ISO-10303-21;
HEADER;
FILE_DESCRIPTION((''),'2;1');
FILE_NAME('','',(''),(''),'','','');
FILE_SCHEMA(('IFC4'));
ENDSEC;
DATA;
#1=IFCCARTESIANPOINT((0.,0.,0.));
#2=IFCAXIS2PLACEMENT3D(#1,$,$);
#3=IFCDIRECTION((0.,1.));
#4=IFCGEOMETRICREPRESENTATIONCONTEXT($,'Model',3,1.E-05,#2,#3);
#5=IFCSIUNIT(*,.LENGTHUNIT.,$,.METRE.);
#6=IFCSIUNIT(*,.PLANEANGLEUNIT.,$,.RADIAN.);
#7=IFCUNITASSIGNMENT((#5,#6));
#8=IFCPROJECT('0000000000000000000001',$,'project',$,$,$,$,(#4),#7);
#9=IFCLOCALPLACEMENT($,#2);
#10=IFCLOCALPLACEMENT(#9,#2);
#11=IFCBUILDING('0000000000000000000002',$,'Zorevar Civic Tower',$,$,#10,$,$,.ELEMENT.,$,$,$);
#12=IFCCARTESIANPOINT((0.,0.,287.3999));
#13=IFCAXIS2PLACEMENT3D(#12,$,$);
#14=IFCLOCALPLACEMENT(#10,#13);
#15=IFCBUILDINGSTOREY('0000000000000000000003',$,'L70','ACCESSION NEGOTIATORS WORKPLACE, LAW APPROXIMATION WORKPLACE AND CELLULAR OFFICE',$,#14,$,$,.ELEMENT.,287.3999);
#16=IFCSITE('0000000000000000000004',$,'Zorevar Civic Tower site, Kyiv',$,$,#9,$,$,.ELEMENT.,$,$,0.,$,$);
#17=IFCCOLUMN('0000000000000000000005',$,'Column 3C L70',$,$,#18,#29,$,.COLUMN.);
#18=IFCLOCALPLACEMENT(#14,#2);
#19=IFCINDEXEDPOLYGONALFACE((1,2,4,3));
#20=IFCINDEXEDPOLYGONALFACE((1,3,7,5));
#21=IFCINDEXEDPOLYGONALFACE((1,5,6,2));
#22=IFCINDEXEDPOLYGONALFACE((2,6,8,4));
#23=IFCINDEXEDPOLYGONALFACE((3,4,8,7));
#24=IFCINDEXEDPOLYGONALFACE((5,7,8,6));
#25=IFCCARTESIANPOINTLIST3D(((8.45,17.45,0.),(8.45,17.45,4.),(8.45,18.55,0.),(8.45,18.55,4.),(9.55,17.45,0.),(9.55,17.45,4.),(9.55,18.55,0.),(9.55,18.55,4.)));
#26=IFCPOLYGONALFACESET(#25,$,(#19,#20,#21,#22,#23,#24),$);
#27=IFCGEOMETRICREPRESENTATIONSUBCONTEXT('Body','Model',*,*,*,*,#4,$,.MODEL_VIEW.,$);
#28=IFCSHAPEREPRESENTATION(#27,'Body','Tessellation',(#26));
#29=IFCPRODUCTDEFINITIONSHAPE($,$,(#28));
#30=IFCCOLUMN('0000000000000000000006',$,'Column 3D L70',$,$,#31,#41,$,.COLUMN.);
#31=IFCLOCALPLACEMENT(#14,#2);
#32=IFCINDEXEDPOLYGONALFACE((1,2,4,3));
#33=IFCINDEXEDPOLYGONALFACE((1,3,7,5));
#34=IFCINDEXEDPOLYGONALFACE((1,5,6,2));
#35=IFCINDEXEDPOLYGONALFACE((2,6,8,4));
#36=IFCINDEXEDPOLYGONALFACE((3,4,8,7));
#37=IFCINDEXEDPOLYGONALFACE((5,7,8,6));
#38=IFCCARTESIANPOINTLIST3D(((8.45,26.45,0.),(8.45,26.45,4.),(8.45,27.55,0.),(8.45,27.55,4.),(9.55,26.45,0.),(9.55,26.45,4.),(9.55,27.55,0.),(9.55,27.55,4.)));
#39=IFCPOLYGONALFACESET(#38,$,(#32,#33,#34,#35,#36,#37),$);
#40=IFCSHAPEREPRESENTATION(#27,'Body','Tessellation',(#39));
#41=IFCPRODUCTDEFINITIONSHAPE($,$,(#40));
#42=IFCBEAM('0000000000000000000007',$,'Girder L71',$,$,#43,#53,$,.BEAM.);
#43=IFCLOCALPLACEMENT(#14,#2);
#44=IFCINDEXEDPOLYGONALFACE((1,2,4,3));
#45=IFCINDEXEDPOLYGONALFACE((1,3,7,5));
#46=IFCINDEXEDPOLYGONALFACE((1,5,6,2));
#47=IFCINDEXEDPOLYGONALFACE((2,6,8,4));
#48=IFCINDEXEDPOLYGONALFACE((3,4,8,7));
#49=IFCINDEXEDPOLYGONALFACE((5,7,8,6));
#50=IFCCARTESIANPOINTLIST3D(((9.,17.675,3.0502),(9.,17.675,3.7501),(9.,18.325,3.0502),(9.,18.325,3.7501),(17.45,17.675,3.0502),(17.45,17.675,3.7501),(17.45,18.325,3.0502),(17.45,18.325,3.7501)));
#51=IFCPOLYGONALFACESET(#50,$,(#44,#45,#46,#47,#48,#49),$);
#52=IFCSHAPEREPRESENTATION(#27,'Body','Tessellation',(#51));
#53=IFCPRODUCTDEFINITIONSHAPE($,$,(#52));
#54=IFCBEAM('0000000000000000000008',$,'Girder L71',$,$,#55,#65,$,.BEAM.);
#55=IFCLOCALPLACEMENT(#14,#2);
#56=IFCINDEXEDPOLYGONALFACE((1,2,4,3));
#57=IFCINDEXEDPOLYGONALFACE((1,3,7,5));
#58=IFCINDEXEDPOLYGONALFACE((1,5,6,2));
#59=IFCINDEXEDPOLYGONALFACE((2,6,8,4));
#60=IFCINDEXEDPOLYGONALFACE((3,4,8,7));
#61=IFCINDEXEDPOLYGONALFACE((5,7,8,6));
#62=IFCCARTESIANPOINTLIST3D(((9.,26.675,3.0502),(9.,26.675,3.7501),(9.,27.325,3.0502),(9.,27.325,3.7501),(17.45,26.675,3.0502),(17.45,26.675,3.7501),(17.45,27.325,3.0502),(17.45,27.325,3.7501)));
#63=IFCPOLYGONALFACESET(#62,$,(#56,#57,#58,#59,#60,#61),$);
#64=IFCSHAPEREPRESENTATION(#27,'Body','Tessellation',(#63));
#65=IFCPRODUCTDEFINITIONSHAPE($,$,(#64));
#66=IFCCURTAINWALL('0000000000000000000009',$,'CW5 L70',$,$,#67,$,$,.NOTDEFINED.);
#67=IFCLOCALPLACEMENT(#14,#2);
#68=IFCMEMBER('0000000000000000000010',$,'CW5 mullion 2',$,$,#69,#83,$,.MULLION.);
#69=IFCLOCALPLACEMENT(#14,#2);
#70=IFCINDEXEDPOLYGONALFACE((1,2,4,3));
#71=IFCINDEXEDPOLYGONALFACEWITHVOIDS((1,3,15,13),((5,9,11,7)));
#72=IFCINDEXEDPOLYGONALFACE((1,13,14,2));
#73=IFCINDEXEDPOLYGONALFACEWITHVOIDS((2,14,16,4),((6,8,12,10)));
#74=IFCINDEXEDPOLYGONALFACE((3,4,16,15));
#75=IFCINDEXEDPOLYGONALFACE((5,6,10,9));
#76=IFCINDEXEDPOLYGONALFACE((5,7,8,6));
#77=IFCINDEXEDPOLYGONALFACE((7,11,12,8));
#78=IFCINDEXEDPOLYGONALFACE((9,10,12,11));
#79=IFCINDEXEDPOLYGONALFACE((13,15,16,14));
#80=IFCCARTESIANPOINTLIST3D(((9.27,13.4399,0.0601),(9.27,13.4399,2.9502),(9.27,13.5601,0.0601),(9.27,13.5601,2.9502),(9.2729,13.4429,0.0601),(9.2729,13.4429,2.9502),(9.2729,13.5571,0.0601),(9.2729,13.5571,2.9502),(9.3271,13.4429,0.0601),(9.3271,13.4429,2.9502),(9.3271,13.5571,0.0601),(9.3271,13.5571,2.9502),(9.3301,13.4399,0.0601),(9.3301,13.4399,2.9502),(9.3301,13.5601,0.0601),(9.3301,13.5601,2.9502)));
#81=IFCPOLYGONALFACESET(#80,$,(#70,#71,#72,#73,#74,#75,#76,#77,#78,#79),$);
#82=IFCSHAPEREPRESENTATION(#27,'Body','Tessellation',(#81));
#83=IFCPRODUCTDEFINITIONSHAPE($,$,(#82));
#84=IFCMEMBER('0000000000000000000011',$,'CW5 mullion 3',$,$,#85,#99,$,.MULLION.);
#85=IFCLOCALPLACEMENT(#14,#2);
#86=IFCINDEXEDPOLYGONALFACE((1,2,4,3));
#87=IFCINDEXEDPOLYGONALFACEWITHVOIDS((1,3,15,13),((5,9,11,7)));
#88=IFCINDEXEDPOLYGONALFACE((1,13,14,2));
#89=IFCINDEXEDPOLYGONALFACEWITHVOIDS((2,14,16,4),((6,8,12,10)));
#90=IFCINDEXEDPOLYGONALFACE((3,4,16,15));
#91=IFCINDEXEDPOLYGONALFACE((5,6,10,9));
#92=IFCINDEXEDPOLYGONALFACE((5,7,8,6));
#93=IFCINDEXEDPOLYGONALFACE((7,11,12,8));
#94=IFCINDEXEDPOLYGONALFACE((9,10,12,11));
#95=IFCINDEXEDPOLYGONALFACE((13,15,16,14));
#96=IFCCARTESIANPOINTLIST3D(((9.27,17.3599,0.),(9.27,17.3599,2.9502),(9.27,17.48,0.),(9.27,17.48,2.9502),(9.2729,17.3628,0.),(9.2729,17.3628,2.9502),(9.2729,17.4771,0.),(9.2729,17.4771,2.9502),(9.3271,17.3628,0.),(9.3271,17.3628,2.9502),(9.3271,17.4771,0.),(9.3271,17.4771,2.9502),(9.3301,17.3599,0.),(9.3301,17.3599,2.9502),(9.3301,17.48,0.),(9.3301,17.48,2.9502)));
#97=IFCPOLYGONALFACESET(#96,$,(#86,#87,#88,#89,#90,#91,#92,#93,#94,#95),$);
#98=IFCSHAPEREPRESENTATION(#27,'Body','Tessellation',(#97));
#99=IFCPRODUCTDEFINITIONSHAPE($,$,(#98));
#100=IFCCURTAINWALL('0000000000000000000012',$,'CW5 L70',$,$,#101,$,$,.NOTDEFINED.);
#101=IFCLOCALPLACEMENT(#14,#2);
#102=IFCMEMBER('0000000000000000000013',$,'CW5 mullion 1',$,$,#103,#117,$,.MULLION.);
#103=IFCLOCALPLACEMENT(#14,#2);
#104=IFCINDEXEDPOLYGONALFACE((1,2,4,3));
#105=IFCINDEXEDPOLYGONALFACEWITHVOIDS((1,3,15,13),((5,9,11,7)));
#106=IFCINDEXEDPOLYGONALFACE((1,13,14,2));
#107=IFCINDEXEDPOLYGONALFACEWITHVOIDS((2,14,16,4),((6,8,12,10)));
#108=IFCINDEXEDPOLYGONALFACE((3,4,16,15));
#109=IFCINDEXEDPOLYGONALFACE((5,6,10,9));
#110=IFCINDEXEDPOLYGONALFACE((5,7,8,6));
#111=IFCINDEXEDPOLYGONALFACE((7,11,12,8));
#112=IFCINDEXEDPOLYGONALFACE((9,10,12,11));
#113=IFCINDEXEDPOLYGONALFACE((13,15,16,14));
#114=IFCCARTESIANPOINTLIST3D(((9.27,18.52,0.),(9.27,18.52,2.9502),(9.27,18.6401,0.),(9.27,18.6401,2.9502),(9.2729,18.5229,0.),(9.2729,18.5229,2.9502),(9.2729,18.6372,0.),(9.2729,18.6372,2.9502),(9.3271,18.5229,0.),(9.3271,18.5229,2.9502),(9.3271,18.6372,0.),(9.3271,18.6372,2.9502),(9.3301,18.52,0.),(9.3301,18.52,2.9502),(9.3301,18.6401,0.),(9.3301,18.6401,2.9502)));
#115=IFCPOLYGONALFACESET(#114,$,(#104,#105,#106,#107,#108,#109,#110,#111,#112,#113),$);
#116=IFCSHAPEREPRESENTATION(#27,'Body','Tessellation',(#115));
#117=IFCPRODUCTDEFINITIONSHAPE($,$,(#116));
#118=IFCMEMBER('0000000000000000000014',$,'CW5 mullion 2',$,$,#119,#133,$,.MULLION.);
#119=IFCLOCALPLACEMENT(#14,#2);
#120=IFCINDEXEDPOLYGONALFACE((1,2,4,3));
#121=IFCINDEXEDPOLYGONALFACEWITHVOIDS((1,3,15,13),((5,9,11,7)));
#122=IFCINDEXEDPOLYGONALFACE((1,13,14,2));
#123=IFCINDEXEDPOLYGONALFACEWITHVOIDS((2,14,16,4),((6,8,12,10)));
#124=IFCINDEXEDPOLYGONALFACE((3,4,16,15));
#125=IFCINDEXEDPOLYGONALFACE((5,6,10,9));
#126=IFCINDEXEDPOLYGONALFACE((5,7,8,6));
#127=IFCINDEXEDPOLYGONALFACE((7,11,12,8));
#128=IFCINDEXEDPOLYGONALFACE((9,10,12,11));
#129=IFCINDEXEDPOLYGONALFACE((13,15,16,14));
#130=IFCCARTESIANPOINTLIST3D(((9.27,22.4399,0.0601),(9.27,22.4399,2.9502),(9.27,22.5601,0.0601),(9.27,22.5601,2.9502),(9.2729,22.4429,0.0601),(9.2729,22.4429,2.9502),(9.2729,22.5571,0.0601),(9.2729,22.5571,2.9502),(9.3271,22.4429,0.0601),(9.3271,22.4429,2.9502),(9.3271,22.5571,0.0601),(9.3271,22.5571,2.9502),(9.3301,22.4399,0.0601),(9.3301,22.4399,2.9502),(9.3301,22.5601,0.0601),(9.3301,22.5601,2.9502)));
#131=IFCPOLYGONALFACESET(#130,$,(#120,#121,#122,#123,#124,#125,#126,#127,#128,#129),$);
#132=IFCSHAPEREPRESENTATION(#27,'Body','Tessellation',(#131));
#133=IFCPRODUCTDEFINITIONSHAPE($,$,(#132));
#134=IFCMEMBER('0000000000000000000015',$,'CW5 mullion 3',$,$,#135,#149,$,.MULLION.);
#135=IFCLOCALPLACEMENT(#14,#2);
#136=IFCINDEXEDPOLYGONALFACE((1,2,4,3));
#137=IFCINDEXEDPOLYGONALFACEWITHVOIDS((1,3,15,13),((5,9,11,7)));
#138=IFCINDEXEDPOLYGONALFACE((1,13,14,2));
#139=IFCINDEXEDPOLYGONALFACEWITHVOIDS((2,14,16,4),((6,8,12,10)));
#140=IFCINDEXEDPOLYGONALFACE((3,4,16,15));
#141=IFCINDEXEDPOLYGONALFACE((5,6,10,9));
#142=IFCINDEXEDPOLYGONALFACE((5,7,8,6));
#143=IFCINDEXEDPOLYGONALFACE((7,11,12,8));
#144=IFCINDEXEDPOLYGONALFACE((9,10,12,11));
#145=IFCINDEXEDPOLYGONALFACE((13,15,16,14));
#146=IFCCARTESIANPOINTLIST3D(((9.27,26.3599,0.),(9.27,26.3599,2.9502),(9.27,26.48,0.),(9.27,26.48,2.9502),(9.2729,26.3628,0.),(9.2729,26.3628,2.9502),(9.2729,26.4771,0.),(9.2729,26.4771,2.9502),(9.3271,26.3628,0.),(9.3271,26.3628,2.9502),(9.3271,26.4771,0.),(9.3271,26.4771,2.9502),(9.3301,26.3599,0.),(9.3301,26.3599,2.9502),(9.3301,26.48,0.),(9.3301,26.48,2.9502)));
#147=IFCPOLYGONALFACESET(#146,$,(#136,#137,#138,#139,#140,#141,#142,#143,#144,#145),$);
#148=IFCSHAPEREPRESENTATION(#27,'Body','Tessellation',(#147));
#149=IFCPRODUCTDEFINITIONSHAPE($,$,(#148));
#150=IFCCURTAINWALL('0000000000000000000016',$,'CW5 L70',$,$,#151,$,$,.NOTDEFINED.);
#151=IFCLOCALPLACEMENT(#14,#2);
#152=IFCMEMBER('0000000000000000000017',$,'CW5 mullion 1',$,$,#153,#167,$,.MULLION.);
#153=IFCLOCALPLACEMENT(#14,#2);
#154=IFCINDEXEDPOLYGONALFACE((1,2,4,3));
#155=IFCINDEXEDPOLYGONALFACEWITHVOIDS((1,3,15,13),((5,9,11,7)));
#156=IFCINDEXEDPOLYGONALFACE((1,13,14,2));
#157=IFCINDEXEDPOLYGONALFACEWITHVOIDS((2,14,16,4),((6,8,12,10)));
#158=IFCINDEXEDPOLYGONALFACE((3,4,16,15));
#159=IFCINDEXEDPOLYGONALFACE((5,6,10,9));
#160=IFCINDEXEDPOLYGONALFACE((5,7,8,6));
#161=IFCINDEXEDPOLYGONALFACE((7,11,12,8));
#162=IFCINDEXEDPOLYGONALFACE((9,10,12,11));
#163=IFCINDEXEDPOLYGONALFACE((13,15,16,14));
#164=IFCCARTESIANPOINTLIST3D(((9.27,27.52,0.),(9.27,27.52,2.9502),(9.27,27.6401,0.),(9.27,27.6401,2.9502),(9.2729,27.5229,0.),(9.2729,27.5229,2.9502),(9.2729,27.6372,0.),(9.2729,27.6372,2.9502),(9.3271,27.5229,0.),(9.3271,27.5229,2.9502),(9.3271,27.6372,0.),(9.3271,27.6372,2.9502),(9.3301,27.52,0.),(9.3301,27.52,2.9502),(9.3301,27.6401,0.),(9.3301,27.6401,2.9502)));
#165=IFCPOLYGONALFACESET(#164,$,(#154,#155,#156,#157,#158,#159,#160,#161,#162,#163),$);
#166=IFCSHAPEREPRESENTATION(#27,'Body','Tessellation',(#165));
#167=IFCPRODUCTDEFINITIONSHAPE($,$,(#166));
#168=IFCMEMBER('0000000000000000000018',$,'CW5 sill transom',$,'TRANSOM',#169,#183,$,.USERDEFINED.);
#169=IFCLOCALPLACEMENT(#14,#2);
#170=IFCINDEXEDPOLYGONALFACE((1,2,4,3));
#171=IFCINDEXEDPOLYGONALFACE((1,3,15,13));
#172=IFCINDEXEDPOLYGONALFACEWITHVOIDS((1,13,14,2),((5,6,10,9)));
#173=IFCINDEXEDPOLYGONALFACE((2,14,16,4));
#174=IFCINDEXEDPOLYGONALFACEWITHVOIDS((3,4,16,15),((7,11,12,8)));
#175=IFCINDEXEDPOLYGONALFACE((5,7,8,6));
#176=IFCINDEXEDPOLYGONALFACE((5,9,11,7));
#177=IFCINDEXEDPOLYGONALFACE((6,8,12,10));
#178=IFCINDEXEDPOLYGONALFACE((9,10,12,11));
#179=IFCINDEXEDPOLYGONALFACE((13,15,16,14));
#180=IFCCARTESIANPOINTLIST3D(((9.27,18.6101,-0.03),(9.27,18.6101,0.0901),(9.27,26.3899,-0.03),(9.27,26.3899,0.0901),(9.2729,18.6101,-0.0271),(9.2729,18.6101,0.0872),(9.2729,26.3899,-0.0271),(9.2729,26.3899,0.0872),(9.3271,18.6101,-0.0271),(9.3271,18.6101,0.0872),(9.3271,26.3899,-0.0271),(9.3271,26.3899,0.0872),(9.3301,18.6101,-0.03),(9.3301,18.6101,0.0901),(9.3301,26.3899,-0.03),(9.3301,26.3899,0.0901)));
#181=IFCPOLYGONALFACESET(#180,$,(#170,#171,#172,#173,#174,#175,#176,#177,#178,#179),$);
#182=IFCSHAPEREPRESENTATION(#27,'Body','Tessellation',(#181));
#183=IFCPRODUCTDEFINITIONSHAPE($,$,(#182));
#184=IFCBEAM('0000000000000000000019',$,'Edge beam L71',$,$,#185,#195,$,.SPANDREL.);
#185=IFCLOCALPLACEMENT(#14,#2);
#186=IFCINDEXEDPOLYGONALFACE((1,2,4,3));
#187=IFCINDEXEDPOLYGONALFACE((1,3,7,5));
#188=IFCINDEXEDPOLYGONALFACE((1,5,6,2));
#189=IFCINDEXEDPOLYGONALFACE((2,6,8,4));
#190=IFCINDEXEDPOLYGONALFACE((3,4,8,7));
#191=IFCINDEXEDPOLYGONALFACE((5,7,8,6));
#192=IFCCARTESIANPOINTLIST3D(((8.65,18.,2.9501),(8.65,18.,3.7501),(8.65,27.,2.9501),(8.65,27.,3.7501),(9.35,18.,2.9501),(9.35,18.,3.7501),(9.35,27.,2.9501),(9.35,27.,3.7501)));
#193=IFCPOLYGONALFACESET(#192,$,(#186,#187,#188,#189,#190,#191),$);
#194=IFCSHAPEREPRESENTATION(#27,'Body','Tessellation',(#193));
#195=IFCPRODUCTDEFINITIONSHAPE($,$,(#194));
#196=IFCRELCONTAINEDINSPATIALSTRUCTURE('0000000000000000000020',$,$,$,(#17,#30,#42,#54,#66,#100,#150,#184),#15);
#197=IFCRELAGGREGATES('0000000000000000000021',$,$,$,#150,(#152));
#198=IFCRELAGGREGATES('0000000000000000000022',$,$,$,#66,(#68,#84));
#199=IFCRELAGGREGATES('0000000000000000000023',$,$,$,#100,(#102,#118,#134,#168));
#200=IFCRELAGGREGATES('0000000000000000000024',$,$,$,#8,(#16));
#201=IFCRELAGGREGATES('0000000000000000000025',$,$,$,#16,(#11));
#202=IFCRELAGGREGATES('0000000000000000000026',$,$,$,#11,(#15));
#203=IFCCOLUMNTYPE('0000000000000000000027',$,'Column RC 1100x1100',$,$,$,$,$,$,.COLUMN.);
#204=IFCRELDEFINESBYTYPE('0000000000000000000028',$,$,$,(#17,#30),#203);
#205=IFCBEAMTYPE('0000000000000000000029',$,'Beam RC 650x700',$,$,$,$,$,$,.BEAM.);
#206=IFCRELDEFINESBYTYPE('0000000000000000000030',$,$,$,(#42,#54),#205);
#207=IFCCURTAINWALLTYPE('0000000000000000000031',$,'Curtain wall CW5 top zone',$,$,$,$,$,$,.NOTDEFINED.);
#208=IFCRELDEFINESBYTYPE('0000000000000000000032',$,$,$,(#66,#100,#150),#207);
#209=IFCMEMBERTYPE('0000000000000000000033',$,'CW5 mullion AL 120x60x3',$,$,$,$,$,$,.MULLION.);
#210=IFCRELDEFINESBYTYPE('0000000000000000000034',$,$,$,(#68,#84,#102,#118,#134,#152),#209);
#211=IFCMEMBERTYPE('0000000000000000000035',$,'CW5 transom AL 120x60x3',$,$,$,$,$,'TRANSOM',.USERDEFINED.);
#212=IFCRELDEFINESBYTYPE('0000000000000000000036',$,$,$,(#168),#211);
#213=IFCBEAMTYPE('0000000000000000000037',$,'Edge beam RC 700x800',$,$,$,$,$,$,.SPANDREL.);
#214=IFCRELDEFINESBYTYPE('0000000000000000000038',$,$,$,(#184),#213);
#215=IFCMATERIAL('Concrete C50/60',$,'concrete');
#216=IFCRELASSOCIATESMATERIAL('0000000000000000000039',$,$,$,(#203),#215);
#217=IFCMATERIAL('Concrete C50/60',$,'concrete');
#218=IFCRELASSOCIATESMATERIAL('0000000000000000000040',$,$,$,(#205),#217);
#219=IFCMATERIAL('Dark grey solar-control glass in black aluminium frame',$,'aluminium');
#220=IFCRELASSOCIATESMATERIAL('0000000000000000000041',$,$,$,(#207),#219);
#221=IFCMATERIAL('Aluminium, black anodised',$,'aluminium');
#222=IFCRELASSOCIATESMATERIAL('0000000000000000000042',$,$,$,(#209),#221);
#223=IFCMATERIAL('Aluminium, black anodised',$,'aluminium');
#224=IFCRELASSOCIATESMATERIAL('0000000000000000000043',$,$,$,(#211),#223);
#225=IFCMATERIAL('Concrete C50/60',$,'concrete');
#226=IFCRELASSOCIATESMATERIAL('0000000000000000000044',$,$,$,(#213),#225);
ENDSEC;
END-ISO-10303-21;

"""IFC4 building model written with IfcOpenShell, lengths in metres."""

from ifc_helpers import new_model, si_unit, direction, frame, origin, origin_2d, place, context, subcontext, project, spatial, rectangle, hollow_rectangle, extrude, material, material_profile, profile_set, type_object, element, aggregate, save


model = new_model("IFC4")

# Units and contexts
model_context = context("Model", 3, precision=1e-05, world=origin(), true_north=direction((0.0, 1.0)))
body_context = subcontext(model_context, "Body", "Model", "MODEL_VIEW")
ifc_project = project(units=[si_unit("LENGTHUNIT", "METRE"), si_unit("PLANEANGLEUNIT", "RADIAN")], contexts=[model_context])

# Site, building, storey
site_placement = place(None, origin())
site = spatial("IfcSite", under=ifc_project, at=site_placement, Name="Zorevar Civic Tower site, Kyiv", CompositionType="ELEMENT", RefElevation=0.0)
building_placement = place(site_placement, origin())
building = spatial("IfcBuilding", under=site, at=building_placement, Name="Zorevar Civic Tower", CompositionType="ELEMENT")
storey_placement = place(building_placement, frame((0.0, 0.0, 287.3999)))
storey = spatial("IfcBuildingStorey", under=building, at=storey_placement, Name="L70", Description="ACCESSION NEGOTIATORS WORKPLACE, LAW APPROXIMATION WORKPLACE AND CELLULAR OFFICE", CompositionType="ELEMENT", Elevation=287.3999)

# Columns
ifc_material_1 = material(Name="Concrete C50/60", Category="concrete")
ifc_material_profile_1 = material_profile(ifc_material_1, rectangle(XDim=1.1001, YDim=1.1001, at=origin_2d()), Name="RC 1100x1100")
ifc_profile_set_1 = profile_set([ifc_material_profile_1], Name="Concrete C50/60")
column_type = type_object("IfcColumnType", Name="Column RC 1100x1100", PredefinedType="COLUMN", material=ifc_profile_set_1)
for number, where, z_axis, x_axis, name in (
    (1, (9.0, 18.0, 0.0), (0.0, 0.0, 1.0), (1.0, 0.0, 0.0), "Column 3C L70"),
    (2, (9.0, 27.0, 0.0), (0.0, 0.0, 1.0), (1.0, 0.0, 0.0), "Column 3D L70"),
):
    element("IfcColumn", number, at=place(storey_placement, frame(where, z_axis=z_axis, x_axis=x_axis)), inside=storey, type_object=column_type, Name=name, PredefinedType="COLUMN", context=body_context, shape_type="SweptSolid", body=[
        extrude(rectangle(XDim=1.1001, YDim=1.1001, at=origin_2d()), origin(), (0.0, 0.0, 1.0), 4.0),
    ])

# Beams
ifc_material_2 = material(Name="Concrete C50/60", Category="concrete")
ifc_material_profile_2 = material_profile(ifc_material_2, rectangle(XDim=0.6499, YDim=0.7, at=origin_2d()), Name="RC 650x700")
ifc_profile_set_2 = profile_set([ifc_material_profile_2], Name="Concrete C50/60")
beam_type_1 = type_object("IfcBeamType", Name="Beam RC 650x700", PredefinedType="BEAM", material=ifc_profile_set_2)
for number, where, z_axis, x_axis, name in (
    (3, (9.0, 18.0, 3.4001), (1.0, 0.0, 0.0), (0.0, 1.0, 0.0), "Girder L71"),
    (4, (9.0, 27.0, 3.4001), (1.0, 0.0, 0.0), (0.0, 1.0, 0.0), "Girder L71"),
):
    element("IfcBeam", number, at=place(storey_placement, frame(where, z_axis=z_axis, x_axis=x_axis)), inside=storey, type_object=beam_type_1, Name=name, PredefinedType="BEAM", context=body_context, shape_type="SweptSolid", body=[
        extrude(rectangle(XDim=0.6499, YDim=0.7, at=origin_2d()), origin(), (0.0, 0.0, 1.0), 8.45),
    ])

# Curtain walls, members
ifc_material_3 = material(Name="Dark grey solar-control glass in black aluminium frame", Category="aluminium")
curtain_wall_type = type_object("IfcCurtainWallType", Name="Curtain wall CW5 top zone", PredefinedType="NOTDEFINED", material=ifc_material_3)
curtain_wall_1_placement = place(storey_placement, origin())
curtain_wall_1 = element("IfcCurtainWall", 5, at=curtain_wall_1_placement, inside=storey, type_object=curtain_wall_type, Name="CW5 L70", PredefinedType="NOTDEFINED")
ifc_material_4 = material(Name="Aluminium, black anodised", Category="aluminium")
ifc_material_profile_3 = material_profile(ifc_material_4, hollow_rectangle(XDim=0.0601, YDim=0.1201, WallThickness=0.0029, at=origin_2d()), Name="AL 120x60x3")
ifc_profile_set_3 = profile_set([ifc_material_profile_3], Name="Aluminium, black anodised")
member_type_1 = type_object("IfcMemberType", Name="CW5 mullion AL 120x60x3", PredefinedType="MULLION", material=ifc_profile_set_3)
member_1_placement = place(storey_placement, frame((9.3, 13.5, 0.0601), z_axis=(0.0, 0.0, 1.0), x_axis=(-1.0, 0.0, 0.0)))
member_1 = element("IfcMember", 6, at=member_1_placement, type_object=member_type_1, Name="CW5 mullion 2", PredefinedType="MULLION", context=body_context, shape_type="SweptSolid", body=[
    extrude(hollow_rectangle(XDim=0.0601, YDim=0.1201, WallThickness=0.0029, at=origin_2d()), origin(), (0.0, 0.0, 1.0), 2.8901),
])
member_2_placement = place(storey_placement, frame((9.3, 17.4199, 0.0), z_axis=(0.0, 0.0, 1.0), x_axis=(-1.0, 0.0, 0.0)))
member_2 = element("IfcMember", 7, at=member_2_placement, type_object=member_type_1, Name="CW5 mullion 3", PredefinedType="MULLION", context=body_context, shape_type="SweptSolid", body=[
    extrude(hollow_rectangle(XDim=0.0601, YDim=0.1201, WallThickness=0.0029, at=origin_2d()), origin(), (0.0, 0.0, 1.0), 2.9502),
])
curtain_wall_2_placement = place(storey_placement, origin())
curtain_wall_2 = element("IfcCurtainWall", 8, at=curtain_wall_2_placement, inside=storey, type_object=curtain_wall_type, Name="CW5 L70", PredefinedType="NOTDEFINED")
member_3_placement = place(storey_placement, frame((9.3, 18.5801, 0.0), z_axis=(0.0, 0.0, 1.0), x_axis=(-1.0, 0.0, 0.0)))
member_3 = element("IfcMember", 9, at=member_3_placement, type_object=member_type_1, Name="CW5 mullion 1", PredefinedType="MULLION", context=body_context, shape_type="SweptSolid", body=[
    extrude(hollow_rectangle(XDim=0.0601, YDim=0.1201, WallThickness=0.0029, at=origin_2d()), origin(), (0.0, 0.0, 1.0), 2.9502),
])
member_4_placement = place(storey_placement, frame((9.3, 22.5, 0.0601), z_axis=(0.0, 0.0, 1.0), x_axis=(-1.0, 0.0, 0.0)))
member_4 = element("IfcMember", 10, at=member_4_placement, type_object=member_type_1, Name="CW5 mullion 2", PredefinedType="MULLION", context=body_context, shape_type="SweptSolid", body=[
    extrude(hollow_rectangle(XDim=0.0601, YDim=0.1201, WallThickness=0.0029, at=origin_2d()), origin(), (0.0, 0.0, 1.0), 2.8901),
])
member_5_placement = place(storey_placement, frame((9.3, 26.4199, 0.0), z_axis=(0.0, 0.0, 1.0), x_axis=(-1.0, 0.0, 0.0)))
member_5 = element("IfcMember", 11, at=member_5_placement, type_object=member_type_1, Name="CW5 mullion 3", PredefinedType="MULLION", context=body_context, shape_type="SweptSolid", body=[
    extrude(hollow_rectangle(XDim=0.0601, YDim=0.1201, WallThickness=0.0029, at=origin_2d()), origin(), (0.0, 0.0, 1.0), 2.9502),
])

# Curtain wall, member
curtain_wall_3_placement = place(storey_placement, origin())
curtain_wall_3 = element("IfcCurtainWall", 12, at=curtain_wall_3_placement, inside=storey, type_object=curtain_wall_type, Name="CW5 L70", PredefinedType="NOTDEFINED")
member_6_placement = place(storey_placement, frame((9.3, 27.5801, 0.0), z_axis=(0.0, 0.0, 1.0), x_axis=(-1.0, 0.0, 0.0)))
member_6 = element("IfcMember", 13, at=member_6_placement, type_object=member_type_1, Name="CW5 mullion 1", PredefinedType="MULLION", context=body_context, shape_type="SweptSolid", body=[
    extrude(hollow_rectangle(XDim=0.0601, YDim=0.1201, WallThickness=0.0029, at=origin_2d()), origin(), (0.0, 0.0, 1.0), 2.9502),
])
aggregate(curtain_wall_3, [member_6])

# Member
ifc_material_5 = material(Name="Aluminium, black anodised", Category="aluminium")
ifc_material_profile_4 = material_profile(ifc_material_5, hollow_rectangle(XDim=0.0601, YDim=0.1201, WallThickness=0.0029, at=origin_2d()), Name="AL 120x60x3")
ifc_profile_set_4 = profile_set([ifc_material_profile_4], Name="Aluminium, black anodised")
member_type_2 = type_object("IfcMemberType", Name="CW5 transom AL 120x60x3", ElementType="TRANSOM", PredefinedType="USERDEFINED", material=ifc_profile_set_4)
member_7_placement = place(storey_placement, frame((9.3, 18.6101, 0.03), z_axis=(0.0, 1.0, 0.0), x_axis=(-1.0, 0.0, 0.0)))
member_7 = element("IfcMember", 14, at=member_7_placement, type_object=member_type_2, Name="CW5 sill transom", ObjectType="TRANSOM", PredefinedType="USERDEFINED", context=body_context, shape_type="SweptSolid", body=[
    extrude(hollow_rectangle(XDim=0.0601, YDim=0.1201, WallThickness=0.0029, at=origin_2d()), origin(), (0.0, 0.0, 1.0), 7.7798),
])

# Beam
ifc_material_6 = material(Name="Concrete C50/60", Category="concrete")
ifc_material_profile_5 = material_profile(ifc_material_6, rectangle(XDim=0.7, YDim=0.8, at=origin_2d()), Name="RC 700x800")
ifc_profile_set_5 = profile_set([ifc_material_profile_5], Name="Concrete C50/60")
beam_type_2 = type_object("IfcBeamType", Name="Edge beam RC 700x800", PredefinedType="SPANDREL", material=ifc_profile_set_5)
for number, where, z_axis, x_axis, name in (
    (15, (9.0, 18.0, 3.3501), (0.0, 1.0, 0.0), (-1.0, 0.0, 0.0), "Edge beam L71"),
):
    element("IfcBeam", number, at=place(storey_placement, frame(where, z_axis=z_axis, x_axis=x_axis)), inside=storey, type_object=beam_type_2, Name=name, PredefinedType="SPANDREL", context=body_context, shape_type="SweptSolid", body=[
        extrude(rectangle(XDim=0.7, YDim=0.8, at=origin_2d()), origin(), (0.0, 0.0, 1.0), 9.0),
    ])

aggregate(curtain_wall_1, [member_1, member_2])
aggregate(curtain_wall_2, [member_3, member_4, member_5, member_7])

save(model, "model.ifc")
